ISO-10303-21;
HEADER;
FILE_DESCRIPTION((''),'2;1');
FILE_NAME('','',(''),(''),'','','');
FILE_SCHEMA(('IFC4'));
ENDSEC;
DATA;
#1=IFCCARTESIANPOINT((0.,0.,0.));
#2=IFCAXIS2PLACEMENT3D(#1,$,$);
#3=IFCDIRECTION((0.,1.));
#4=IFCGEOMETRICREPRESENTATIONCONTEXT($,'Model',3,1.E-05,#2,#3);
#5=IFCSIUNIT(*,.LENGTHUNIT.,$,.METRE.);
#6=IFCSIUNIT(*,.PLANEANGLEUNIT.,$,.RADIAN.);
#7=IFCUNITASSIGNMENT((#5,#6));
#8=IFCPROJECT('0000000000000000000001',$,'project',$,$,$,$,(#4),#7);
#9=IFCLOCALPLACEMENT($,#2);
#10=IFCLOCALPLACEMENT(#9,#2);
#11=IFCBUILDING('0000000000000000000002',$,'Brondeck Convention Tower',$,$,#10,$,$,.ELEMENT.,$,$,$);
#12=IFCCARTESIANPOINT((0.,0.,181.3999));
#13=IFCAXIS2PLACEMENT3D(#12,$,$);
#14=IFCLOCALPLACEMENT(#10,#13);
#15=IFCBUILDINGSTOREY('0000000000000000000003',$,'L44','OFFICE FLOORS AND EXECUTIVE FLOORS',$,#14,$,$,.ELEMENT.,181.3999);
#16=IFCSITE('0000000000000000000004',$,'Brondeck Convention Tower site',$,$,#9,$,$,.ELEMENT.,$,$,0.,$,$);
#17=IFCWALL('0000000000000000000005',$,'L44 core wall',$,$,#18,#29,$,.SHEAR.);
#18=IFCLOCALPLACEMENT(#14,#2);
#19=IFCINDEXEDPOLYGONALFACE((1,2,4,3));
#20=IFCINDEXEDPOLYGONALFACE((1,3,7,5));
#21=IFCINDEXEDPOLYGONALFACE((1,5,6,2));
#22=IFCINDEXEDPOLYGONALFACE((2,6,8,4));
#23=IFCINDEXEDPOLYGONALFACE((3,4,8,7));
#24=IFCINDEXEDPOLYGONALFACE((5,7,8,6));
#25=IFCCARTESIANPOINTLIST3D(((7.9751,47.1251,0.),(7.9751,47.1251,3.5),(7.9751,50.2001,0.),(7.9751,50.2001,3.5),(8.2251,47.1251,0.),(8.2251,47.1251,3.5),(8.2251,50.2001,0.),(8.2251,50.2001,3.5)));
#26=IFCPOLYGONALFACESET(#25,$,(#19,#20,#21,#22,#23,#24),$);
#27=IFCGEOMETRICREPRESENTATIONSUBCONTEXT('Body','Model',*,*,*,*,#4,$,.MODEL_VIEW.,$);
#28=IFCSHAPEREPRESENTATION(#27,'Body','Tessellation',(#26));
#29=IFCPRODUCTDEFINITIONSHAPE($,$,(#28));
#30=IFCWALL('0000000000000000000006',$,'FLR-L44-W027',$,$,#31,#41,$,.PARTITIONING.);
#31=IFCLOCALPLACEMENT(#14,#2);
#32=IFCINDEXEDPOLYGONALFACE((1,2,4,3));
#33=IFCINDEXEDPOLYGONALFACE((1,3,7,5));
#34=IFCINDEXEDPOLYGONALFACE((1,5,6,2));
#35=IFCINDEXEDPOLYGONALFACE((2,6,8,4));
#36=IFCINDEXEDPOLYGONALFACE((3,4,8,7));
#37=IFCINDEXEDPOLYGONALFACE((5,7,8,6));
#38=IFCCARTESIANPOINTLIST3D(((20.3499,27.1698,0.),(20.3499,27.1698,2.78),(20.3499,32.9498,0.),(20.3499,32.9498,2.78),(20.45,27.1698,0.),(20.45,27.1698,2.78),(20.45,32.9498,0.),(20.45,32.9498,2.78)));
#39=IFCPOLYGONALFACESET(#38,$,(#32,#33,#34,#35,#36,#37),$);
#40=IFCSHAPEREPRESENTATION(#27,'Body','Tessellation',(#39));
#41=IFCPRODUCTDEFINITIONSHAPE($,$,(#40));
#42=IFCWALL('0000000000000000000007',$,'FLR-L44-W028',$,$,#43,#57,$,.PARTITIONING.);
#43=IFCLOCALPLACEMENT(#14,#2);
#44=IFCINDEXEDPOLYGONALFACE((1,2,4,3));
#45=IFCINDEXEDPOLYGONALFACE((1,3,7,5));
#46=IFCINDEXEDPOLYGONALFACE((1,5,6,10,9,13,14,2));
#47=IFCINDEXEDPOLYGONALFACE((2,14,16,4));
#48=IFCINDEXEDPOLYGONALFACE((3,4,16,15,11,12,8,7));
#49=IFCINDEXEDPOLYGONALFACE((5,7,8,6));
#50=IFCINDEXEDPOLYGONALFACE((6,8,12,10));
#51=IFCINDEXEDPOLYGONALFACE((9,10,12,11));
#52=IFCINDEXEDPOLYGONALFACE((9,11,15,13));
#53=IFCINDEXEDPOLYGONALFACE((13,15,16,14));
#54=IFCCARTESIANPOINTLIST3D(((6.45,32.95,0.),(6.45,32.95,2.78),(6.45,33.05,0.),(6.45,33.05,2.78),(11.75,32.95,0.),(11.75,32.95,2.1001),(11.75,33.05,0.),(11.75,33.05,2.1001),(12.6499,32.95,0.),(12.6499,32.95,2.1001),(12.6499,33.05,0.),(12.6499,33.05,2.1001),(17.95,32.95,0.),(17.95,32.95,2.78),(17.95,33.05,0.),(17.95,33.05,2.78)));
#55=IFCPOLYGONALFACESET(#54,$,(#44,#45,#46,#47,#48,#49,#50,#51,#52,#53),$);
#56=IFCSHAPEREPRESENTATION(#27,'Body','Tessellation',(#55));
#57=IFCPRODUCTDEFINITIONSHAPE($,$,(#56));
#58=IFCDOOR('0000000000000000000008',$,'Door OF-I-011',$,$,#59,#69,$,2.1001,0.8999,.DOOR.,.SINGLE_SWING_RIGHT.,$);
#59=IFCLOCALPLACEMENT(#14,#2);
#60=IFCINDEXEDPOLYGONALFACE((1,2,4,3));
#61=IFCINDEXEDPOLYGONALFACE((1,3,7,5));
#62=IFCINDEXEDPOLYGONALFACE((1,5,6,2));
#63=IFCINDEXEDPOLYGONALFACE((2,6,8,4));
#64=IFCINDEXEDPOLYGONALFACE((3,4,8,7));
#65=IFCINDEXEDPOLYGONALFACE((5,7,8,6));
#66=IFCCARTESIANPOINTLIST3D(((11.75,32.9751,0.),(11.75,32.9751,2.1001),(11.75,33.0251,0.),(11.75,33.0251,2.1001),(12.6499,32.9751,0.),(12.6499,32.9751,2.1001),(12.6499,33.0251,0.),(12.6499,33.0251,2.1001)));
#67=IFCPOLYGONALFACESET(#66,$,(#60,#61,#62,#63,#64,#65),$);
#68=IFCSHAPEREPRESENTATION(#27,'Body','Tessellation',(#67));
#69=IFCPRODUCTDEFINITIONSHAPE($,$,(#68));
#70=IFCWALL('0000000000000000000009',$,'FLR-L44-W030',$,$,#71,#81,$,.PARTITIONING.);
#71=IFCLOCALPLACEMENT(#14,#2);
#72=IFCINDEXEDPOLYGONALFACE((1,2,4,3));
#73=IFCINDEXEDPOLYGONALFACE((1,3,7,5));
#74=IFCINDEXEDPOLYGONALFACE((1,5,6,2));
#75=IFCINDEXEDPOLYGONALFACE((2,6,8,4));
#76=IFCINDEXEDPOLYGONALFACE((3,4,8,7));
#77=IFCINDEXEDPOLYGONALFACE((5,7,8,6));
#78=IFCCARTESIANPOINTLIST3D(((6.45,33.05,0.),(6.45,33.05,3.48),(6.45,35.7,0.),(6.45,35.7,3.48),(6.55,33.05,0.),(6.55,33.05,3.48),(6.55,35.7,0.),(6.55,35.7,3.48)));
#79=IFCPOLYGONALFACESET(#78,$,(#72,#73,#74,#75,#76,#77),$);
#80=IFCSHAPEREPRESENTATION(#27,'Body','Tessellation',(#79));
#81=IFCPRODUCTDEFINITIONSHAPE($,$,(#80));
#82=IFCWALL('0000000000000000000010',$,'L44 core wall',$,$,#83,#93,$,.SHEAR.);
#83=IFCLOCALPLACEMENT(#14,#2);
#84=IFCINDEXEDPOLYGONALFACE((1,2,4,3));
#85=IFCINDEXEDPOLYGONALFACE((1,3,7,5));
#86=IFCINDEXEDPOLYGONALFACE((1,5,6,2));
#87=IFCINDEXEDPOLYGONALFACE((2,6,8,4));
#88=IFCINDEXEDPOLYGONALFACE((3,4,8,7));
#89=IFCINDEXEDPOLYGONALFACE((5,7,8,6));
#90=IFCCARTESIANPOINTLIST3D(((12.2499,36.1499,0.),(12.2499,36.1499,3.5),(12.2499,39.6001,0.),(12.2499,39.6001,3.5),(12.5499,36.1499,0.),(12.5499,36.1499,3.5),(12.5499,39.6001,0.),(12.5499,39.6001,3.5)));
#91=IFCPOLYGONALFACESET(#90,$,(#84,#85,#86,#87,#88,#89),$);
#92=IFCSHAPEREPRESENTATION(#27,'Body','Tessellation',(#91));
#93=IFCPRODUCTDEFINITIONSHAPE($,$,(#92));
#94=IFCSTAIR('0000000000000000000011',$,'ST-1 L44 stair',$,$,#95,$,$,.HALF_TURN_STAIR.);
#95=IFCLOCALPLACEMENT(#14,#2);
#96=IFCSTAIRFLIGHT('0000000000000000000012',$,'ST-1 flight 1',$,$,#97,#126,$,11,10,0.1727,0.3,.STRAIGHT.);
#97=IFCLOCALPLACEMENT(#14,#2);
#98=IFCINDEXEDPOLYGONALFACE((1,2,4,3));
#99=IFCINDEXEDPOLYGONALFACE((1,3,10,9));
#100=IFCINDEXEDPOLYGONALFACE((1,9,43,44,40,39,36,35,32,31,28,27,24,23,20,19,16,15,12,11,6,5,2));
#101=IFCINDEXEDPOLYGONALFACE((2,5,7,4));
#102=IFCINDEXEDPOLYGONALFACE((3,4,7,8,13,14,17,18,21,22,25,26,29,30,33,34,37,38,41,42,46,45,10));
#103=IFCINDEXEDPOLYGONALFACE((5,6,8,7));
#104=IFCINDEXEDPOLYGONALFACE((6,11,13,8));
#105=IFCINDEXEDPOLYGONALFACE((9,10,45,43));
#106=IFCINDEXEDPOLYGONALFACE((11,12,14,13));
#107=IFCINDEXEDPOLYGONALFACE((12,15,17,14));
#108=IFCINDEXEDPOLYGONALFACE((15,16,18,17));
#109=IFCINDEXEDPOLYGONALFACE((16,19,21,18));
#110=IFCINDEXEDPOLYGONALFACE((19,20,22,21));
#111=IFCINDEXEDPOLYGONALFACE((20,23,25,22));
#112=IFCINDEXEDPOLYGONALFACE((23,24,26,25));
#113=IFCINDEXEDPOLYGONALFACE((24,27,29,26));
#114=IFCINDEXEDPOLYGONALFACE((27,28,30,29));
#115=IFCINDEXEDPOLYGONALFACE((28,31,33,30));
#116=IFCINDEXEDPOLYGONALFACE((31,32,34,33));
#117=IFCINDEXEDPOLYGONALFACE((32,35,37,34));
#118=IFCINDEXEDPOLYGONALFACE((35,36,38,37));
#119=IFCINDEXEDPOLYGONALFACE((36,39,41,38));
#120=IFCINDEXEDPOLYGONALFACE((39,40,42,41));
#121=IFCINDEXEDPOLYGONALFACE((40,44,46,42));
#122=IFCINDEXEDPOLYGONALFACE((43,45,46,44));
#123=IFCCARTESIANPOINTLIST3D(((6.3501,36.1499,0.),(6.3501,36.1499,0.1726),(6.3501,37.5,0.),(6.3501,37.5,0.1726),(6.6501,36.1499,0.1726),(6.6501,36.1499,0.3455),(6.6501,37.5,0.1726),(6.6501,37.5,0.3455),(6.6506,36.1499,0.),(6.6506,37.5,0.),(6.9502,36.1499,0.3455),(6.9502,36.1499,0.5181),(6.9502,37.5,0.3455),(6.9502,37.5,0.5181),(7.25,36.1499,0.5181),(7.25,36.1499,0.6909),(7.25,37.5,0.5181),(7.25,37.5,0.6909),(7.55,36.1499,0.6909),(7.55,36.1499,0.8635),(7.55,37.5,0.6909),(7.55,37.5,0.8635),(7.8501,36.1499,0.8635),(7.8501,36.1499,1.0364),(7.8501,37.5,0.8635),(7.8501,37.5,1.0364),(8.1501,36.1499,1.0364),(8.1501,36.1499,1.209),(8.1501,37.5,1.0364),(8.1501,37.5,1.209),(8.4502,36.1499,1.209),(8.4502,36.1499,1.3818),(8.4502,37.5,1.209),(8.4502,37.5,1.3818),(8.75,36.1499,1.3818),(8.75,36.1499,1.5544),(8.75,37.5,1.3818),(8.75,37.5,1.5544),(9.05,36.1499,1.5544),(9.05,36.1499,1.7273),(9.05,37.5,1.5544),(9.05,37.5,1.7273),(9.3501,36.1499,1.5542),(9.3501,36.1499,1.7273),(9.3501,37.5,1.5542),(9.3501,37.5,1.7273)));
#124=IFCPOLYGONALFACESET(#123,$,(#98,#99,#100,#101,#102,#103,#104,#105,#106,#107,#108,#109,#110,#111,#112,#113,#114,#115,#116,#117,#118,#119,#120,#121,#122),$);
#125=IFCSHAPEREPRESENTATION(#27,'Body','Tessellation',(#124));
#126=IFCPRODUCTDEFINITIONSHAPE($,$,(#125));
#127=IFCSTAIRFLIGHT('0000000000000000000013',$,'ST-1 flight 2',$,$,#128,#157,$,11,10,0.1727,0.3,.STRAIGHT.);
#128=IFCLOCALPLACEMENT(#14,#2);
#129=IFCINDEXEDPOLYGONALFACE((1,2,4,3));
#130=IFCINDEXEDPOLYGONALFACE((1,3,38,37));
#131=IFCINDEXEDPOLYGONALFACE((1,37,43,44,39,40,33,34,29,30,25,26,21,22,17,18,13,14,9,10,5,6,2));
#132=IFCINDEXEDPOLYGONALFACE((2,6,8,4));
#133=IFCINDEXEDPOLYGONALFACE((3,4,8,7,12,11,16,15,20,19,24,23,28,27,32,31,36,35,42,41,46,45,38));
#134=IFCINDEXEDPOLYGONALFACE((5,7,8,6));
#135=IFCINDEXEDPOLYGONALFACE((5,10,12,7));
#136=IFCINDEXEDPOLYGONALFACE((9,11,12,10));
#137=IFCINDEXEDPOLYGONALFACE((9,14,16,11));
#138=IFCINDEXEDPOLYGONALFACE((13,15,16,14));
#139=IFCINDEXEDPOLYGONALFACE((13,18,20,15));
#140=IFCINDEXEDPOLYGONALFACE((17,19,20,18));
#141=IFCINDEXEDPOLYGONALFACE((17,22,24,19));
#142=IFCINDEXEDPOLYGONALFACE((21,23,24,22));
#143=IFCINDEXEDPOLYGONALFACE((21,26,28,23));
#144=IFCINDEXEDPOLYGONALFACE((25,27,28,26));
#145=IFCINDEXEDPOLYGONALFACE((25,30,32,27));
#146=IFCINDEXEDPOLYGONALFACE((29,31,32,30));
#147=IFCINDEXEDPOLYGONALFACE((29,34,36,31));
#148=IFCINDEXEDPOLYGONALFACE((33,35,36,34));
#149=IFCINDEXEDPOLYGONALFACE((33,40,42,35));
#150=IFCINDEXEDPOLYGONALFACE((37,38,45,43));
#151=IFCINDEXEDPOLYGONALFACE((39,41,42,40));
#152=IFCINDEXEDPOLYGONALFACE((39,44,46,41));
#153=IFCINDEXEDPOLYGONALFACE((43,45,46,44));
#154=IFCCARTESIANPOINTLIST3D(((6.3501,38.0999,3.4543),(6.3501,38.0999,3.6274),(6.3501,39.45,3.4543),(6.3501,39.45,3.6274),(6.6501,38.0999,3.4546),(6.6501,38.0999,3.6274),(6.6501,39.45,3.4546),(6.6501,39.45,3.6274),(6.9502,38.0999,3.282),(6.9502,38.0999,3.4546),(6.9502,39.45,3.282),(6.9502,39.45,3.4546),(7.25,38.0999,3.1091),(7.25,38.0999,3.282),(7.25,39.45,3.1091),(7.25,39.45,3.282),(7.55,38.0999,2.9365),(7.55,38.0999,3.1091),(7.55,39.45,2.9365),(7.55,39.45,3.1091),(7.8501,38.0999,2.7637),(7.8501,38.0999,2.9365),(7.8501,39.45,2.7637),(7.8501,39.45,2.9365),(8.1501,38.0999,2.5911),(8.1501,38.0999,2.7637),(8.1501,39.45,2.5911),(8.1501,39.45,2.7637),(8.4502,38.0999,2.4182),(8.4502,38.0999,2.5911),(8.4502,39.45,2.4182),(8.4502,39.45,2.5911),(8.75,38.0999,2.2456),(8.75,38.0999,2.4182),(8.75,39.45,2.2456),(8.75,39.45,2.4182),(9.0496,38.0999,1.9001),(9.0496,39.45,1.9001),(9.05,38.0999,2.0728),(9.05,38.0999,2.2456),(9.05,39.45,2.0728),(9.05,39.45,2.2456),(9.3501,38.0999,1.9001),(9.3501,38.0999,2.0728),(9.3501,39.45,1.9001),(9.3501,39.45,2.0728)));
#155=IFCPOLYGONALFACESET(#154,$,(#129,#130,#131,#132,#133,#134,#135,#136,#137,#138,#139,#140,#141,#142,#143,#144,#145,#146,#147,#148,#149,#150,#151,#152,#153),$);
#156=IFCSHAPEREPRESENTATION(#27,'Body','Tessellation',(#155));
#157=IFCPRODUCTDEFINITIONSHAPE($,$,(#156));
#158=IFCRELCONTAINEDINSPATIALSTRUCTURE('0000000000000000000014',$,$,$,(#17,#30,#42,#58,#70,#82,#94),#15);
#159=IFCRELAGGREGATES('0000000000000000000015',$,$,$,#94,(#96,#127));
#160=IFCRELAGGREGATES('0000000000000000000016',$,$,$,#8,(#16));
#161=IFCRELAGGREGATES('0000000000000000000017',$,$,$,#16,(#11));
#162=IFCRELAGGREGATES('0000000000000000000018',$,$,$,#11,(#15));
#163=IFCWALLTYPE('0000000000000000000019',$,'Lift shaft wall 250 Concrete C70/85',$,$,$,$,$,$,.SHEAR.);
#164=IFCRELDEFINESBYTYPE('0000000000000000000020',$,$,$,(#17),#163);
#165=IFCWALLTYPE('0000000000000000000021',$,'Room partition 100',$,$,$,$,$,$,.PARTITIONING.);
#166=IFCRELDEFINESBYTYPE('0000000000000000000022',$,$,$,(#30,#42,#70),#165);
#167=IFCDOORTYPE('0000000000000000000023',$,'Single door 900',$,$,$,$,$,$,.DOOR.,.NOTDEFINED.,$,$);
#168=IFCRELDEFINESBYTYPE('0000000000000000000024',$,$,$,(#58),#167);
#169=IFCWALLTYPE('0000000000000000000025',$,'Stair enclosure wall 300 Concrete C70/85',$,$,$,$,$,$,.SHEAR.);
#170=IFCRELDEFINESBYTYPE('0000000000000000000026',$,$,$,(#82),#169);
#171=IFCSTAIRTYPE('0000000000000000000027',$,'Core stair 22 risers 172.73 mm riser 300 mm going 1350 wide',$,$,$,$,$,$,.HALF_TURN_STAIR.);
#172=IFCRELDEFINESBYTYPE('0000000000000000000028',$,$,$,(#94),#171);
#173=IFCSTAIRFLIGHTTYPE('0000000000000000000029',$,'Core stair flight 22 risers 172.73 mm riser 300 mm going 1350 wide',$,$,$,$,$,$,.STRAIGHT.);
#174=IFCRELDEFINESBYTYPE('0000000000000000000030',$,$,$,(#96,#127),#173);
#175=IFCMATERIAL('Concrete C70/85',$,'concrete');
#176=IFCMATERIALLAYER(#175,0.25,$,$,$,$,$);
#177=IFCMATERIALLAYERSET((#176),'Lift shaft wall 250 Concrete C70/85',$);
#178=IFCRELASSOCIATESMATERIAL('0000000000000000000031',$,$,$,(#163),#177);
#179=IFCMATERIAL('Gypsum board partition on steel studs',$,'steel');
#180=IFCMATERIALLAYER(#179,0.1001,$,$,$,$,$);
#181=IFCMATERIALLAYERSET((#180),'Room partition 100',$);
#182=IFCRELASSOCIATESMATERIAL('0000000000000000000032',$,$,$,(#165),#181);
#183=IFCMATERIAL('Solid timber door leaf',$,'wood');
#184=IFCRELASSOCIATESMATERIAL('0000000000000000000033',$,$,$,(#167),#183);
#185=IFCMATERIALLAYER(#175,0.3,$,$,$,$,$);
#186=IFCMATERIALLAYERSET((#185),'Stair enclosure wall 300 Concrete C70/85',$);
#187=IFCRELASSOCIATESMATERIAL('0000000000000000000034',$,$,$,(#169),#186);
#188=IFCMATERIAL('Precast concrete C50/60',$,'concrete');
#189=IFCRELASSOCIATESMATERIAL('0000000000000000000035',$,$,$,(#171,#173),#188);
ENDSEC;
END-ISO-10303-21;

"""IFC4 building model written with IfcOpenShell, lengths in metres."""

from ifc_helpers import new_model, si_unit, direction, frame, frame_2d, origin, place, context, subcontext, project, spatial, polyline, rectangle, outline, extrude, material, layer, layer_set, type_object, element, fill, aggregate, save


model = new_model("IFC4")

# Units and contexts
model_context = context("Model", 3, precision=1e-05, world=origin(), true_north=direction((0.0, 1.0)))
body_context = subcontext(model_context, "Body", "Model", "MODEL_VIEW")
ifc_project = project(units=[si_unit("LENGTHUNIT", "METRE"), si_unit("PLANEANGLEUNIT", "RADIAN")], contexts=[model_context])

# Site, building, storey
site_placement = place(None, origin())
site = spatial("IfcSite", under=ifc_project, at=site_placement, Name="Brondeck Convention Tower site", CompositionType="ELEMENT", RefElevation=0.0)
building_placement = place(site_placement, origin())
building = spatial("IfcBuilding", under=site, at=building_placement, Name="Brondeck Convention Tower", CompositionType="ELEMENT")
storey_placement = place(building_placement, frame((0.0, 0.0, 181.3999)))
storey = spatial("IfcBuildingStorey", under=building, at=storey_placement, Name="L44", Description="OFFICE FLOORS AND EXECUTIVE FLOORS", CompositionType="ELEMENT", Elevation=181.3999)

# Shared definitions
ifc_material_1 = material(Name="Concrete C70/85", Category="concrete")

# Walls
ifc_layer_1 = layer(ifc_material_1, 0.25)
ifc_layer_set_1 = layer_set([ifc_layer_1], Name="Lift shaft wall 250 Concrete C70/85")
wall_type_1 = type_object("IfcWallType", Name="Lift shaft wall 250 Concrete C70/85", PredefinedType="SHEAR", material=ifc_layer_set_1)
wall_1_placement = place(storey_placement, frame((8.1001, 47.125, 0.0), z_axis=(0.0, 0.0, 1.0), x_axis=(0.0, 1.0, 0.0)))
element("IfcWall", 1, at=wall_1_placement, inside=storey, type_object=wall_type_1, Name="L44 core wall", PredefinedType="SHEAR", context=body_context, shape_type="SweptSolid", body=[
    extrude(rectangle(XDim=3.075, YDim=0.25, at=frame_2d((1.5376, 0.0))), origin(), (0.0, 0.0, 1.0), 3.5),
])
ifc_material_2 = material(Name="Gypsum board partition on steel studs", Category="steel")
ifc_layer_2 = layer(ifc_material_2, 0.1001)
ifc_layer_set_2 = layer_set([ifc_layer_2], Name="Room partition 100")
wall_type_2 = type_object("IfcWallType", Name="Room partition 100", PredefinedType="PARTITIONING", material=ifc_layer_set_2)
wall_2_placement = place(storey_placement, frame((20.3999, 32.95, 0.0), z_axis=(0.0, 0.0, 1.0), x_axis=(0.0, -1.0, 0.0)))
element("IfcWall", 2, at=wall_2_placement, inside=storey, type_object=wall_type_2, Name="FLR-L44-W027", PredefinedType="PARTITIONING", context=body_context, shape_type="SweptSolid", body=[
    extrude(rectangle(XDim=5.78, YDim=0.1001, at=frame_2d((2.8901, 0.0))), origin(), (0.0, 0.0, 1.0), 2.78),
])

# Wall, opening, door
wall_3_placement = place(storey_placement, frame((17.95, 33.0, 0.0), z_axis=(0.0, 0.0, 1.0), x_axis=(-1.0, 0.0, 0.0)))
wall_3 = element("IfcWall", 3, at=wall_3_placement, inside=storey, type_object=wall_type_2, Name="FLR-L44-W028", PredefinedType="PARTITIONING", context=body_context, shape_type="SweptSolid", body=[
    extrude(rectangle(XDim=11.5, YDim=0.1001, at=frame_2d((5.75, 0.0))), origin(), (0.0, 0.0, 1.0), 2.78),
])
opening_1_placement = place(wall_3_placement, frame((5.3, 0.0, 0.0)))
opening_1 = element("IfcOpeningElement", 4, at=opening_1_placement, cuts=wall_3, PredefinedType="OPENING", context=body_context, shape_type="SweptSolid", body=[
    extrude(rectangle(XDim=0.8999, YDim=2.1001, at=frame_2d((0.45, 1.05))), frame((0.0, 0.0601, 0.0), z_axis=(0.0, -1.0, 0.0), x_axis=(1.0, 0.0, 0.0)), (0.0, 0.0, 1.0), 0.1201),
])
ifc_material_3 = material(Name="Solid timber door leaf", Category="wood")
door_type_1 = type_object("IfcDoorType", Name="Single door 900", OperationType="NOTDEFINED", PredefinedType="DOOR", material=ifc_material_3)
door_1_placement = place(opening_1_placement, origin())
door_1 = element("IfcDoor", 5, at=door_1_placement, inside=storey, type_object=door_type_1, Name="Door OF-I-011", OperationType="SINGLE_SWING_RIGHT", OverallHeight=2.1001, OverallWidth=0.8999, PredefinedType="DOOR", context=body_context, shape_type="SweptSolid", body=[
    extrude(rectangle(XDim=0.8999, YDim=2.1001, at=frame_2d((0.45, 1.05))), frame((0.0, 0.0249, 0.0), z_axis=(0.0, -1.0, 0.0), x_axis=(1.0, 0.0, 0.0)), (0.0, 0.0, 1.0), 0.05),
])
fill(opening_1, door_1)

# Walls
wall_4_placement = place(storey_placement, frame((6.5, 33.05, 0.0), z_axis=(0.0, 0.0, 1.0), x_axis=(0.0, 1.0, 0.0)))
element("IfcWall", 6, at=wall_4_placement, inside=storey, type_object=wall_type_2, Name="FLR-L44-W030", PredefinedType="PARTITIONING", context=body_context, shape_type="SweptSolid", body=[
    extrude(rectangle(XDim=2.6499, YDim=0.1001, at=frame_2d((1.325, 0.0))), origin(), (0.0, 0.0, 1.0), 3.48),
])
ifc_layer_3 = layer(ifc_material_1, 0.3)
ifc_layer_set_3 = layer_set([ifc_layer_3], Name="Stair enclosure wall 300 Concrete C70/85")
wall_type_3 = type_object("IfcWallType", Name="Stair enclosure wall 300 Concrete C70/85", PredefinedType="SHEAR", material=ifc_layer_set_3)
wall_5_placement = place(storey_placement, frame((12.3999, 36.1499, 0.0), z_axis=(0.0, 0.0, 1.0), x_axis=(0.0, 1.0, 0.0)))
element("IfcWall", 7, at=wall_5_placement, inside=storey, type_object=wall_type_3, Name="L44 core wall", PredefinedType="SHEAR", context=body_context, shape_type="SweptSolid", body=[
    extrude(rectangle(XDim=3.4502, YDim=0.3, at=frame_2d((1.7251, 0.0))), origin(), (0.0, 0.0, 1.0), 3.5),
])

# Stair, stair flights
ifc_material_4 = material(Name="Precast concrete C50/60", Category="concrete")
stair_type = type_object("IfcStairType", Name="Core stair 22 risers 172.73 mm riser 300 mm going 1350 wide", PredefinedType="HALF_TURN_STAIR", material=ifc_material_4)
stair_placement = place(storey_placement, origin())
stair = element("IfcStair", 8, at=stair_placement, inside=storey, type_object=stair_type, Name="ST-1 L44 stair", PredefinedType="HALF_TURN_STAIR")
stair_flight_type = type_object("IfcStairFlightType", Name="Core stair flight 22 risers 172.73 mm riser 300 mm going 1350 wide", PredefinedType="STRAIGHT", material=ifc_material_4)
stair_flight_1_placement = place(storey_placement, frame((6.3501, 36.825, 0.0), z_axis=(0.0, 0.0, 1.0), x_axis=(1.0, 0.0, 0.0)))
stair_flight_1 = element("IfcStairFlight", 9, at=stair_flight_1_placement, type_object=stair_flight_type, Name="ST-1 flight 1", NumberOfRisers=11, NumberOfTreads=10, PredefinedType="STRAIGHT", RiserHeight=0.1727, TreadLength=0.3, context=body_context, shape_type="SweptSolid", body=[
    extrude(outline(polyline([(0.0, 0.0), (0.0, 0.1726), (0.3, 0.1726), (0.3, 0.3455), (0.6001, 0.3455), (0.6001, 0.5181), (0.8999, 0.5181), (0.8999, 0.6909), (1.2, 0.6909), (1.2, 0.8635), (1.5, 0.8635), (1.5, 1.0364), (1.8, 1.0364), (1.8, 1.209), (2.1001, 1.209), (2.1001, 1.3818), (2.3999, 1.3818), (2.3999, 1.5544), (2.7, 1.5544), (2.7, 1.7273), (3.0, 1.7273), (3.0, 1.8999), (3.0, 1.5542), (0.3005, 0.0), (0.0, 0.0)])), frame((0.0, 0.675, 0.0), z_axis=(0.0, -1.0, 0.0), x_axis=(1.0, 0.0, 0.0)), (0.0, 0.0, 1.0), 1.3501),
])
stair_flight_2_placement = place(storey_placement, frame((9.3501, 38.7749, 1.9001), z_axis=(0.0, 0.0, 1.0), x_axis=(-1.0, 0.0, 0.0)))
stair_flight_2 = element("IfcStairFlight", 10, at=stair_flight_2_placement, type_object=stair_flight_type, Name="ST-1 flight 2", NumberOfRisers=11, NumberOfTreads=10, PredefinedType="STRAIGHT", RiserHeight=0.1727, TreadLength=0.3, context=body_context, shape_type="SweptSolid", body=[
    extrude(outline(polyline([(0.0, 0.0), (0.0, 0.1726), (0.3, 0.1726), (0.3, 0.3455), (0.6001, 0.3455), (0.6001, 0.5181), (0.8999, 0.5181), (0.8999, 0.6909), (1.2, 0.6909), (1.2, 0.8635), (1.5, 0.8635), (1.5, 1.0364), (1.8, 1.0364), (1.8, 1.209), (2.1001, 1.209), (2.1001, 1.3818), (2.3999, 1.3818), (2.3999, 1.5544), (2.7, 1.5544), (2.7, 1.7273), (3.0, 1.7273), (3.0, 1.8999), (3.0, 1.5542), (0.3005, 0.0), (0.0, 0.0)])), frame((0.0, 0.675, 0.0), z_axis=(0.0, -1.0, 0.0), x_axis=(1.0, 0.0, 0.0)), (0.0, 0.0, 1.0), 1.3501),
])
aggregate(stair, [stair_flight_1, stair_flight_2])

save(model, "model.ifc")
